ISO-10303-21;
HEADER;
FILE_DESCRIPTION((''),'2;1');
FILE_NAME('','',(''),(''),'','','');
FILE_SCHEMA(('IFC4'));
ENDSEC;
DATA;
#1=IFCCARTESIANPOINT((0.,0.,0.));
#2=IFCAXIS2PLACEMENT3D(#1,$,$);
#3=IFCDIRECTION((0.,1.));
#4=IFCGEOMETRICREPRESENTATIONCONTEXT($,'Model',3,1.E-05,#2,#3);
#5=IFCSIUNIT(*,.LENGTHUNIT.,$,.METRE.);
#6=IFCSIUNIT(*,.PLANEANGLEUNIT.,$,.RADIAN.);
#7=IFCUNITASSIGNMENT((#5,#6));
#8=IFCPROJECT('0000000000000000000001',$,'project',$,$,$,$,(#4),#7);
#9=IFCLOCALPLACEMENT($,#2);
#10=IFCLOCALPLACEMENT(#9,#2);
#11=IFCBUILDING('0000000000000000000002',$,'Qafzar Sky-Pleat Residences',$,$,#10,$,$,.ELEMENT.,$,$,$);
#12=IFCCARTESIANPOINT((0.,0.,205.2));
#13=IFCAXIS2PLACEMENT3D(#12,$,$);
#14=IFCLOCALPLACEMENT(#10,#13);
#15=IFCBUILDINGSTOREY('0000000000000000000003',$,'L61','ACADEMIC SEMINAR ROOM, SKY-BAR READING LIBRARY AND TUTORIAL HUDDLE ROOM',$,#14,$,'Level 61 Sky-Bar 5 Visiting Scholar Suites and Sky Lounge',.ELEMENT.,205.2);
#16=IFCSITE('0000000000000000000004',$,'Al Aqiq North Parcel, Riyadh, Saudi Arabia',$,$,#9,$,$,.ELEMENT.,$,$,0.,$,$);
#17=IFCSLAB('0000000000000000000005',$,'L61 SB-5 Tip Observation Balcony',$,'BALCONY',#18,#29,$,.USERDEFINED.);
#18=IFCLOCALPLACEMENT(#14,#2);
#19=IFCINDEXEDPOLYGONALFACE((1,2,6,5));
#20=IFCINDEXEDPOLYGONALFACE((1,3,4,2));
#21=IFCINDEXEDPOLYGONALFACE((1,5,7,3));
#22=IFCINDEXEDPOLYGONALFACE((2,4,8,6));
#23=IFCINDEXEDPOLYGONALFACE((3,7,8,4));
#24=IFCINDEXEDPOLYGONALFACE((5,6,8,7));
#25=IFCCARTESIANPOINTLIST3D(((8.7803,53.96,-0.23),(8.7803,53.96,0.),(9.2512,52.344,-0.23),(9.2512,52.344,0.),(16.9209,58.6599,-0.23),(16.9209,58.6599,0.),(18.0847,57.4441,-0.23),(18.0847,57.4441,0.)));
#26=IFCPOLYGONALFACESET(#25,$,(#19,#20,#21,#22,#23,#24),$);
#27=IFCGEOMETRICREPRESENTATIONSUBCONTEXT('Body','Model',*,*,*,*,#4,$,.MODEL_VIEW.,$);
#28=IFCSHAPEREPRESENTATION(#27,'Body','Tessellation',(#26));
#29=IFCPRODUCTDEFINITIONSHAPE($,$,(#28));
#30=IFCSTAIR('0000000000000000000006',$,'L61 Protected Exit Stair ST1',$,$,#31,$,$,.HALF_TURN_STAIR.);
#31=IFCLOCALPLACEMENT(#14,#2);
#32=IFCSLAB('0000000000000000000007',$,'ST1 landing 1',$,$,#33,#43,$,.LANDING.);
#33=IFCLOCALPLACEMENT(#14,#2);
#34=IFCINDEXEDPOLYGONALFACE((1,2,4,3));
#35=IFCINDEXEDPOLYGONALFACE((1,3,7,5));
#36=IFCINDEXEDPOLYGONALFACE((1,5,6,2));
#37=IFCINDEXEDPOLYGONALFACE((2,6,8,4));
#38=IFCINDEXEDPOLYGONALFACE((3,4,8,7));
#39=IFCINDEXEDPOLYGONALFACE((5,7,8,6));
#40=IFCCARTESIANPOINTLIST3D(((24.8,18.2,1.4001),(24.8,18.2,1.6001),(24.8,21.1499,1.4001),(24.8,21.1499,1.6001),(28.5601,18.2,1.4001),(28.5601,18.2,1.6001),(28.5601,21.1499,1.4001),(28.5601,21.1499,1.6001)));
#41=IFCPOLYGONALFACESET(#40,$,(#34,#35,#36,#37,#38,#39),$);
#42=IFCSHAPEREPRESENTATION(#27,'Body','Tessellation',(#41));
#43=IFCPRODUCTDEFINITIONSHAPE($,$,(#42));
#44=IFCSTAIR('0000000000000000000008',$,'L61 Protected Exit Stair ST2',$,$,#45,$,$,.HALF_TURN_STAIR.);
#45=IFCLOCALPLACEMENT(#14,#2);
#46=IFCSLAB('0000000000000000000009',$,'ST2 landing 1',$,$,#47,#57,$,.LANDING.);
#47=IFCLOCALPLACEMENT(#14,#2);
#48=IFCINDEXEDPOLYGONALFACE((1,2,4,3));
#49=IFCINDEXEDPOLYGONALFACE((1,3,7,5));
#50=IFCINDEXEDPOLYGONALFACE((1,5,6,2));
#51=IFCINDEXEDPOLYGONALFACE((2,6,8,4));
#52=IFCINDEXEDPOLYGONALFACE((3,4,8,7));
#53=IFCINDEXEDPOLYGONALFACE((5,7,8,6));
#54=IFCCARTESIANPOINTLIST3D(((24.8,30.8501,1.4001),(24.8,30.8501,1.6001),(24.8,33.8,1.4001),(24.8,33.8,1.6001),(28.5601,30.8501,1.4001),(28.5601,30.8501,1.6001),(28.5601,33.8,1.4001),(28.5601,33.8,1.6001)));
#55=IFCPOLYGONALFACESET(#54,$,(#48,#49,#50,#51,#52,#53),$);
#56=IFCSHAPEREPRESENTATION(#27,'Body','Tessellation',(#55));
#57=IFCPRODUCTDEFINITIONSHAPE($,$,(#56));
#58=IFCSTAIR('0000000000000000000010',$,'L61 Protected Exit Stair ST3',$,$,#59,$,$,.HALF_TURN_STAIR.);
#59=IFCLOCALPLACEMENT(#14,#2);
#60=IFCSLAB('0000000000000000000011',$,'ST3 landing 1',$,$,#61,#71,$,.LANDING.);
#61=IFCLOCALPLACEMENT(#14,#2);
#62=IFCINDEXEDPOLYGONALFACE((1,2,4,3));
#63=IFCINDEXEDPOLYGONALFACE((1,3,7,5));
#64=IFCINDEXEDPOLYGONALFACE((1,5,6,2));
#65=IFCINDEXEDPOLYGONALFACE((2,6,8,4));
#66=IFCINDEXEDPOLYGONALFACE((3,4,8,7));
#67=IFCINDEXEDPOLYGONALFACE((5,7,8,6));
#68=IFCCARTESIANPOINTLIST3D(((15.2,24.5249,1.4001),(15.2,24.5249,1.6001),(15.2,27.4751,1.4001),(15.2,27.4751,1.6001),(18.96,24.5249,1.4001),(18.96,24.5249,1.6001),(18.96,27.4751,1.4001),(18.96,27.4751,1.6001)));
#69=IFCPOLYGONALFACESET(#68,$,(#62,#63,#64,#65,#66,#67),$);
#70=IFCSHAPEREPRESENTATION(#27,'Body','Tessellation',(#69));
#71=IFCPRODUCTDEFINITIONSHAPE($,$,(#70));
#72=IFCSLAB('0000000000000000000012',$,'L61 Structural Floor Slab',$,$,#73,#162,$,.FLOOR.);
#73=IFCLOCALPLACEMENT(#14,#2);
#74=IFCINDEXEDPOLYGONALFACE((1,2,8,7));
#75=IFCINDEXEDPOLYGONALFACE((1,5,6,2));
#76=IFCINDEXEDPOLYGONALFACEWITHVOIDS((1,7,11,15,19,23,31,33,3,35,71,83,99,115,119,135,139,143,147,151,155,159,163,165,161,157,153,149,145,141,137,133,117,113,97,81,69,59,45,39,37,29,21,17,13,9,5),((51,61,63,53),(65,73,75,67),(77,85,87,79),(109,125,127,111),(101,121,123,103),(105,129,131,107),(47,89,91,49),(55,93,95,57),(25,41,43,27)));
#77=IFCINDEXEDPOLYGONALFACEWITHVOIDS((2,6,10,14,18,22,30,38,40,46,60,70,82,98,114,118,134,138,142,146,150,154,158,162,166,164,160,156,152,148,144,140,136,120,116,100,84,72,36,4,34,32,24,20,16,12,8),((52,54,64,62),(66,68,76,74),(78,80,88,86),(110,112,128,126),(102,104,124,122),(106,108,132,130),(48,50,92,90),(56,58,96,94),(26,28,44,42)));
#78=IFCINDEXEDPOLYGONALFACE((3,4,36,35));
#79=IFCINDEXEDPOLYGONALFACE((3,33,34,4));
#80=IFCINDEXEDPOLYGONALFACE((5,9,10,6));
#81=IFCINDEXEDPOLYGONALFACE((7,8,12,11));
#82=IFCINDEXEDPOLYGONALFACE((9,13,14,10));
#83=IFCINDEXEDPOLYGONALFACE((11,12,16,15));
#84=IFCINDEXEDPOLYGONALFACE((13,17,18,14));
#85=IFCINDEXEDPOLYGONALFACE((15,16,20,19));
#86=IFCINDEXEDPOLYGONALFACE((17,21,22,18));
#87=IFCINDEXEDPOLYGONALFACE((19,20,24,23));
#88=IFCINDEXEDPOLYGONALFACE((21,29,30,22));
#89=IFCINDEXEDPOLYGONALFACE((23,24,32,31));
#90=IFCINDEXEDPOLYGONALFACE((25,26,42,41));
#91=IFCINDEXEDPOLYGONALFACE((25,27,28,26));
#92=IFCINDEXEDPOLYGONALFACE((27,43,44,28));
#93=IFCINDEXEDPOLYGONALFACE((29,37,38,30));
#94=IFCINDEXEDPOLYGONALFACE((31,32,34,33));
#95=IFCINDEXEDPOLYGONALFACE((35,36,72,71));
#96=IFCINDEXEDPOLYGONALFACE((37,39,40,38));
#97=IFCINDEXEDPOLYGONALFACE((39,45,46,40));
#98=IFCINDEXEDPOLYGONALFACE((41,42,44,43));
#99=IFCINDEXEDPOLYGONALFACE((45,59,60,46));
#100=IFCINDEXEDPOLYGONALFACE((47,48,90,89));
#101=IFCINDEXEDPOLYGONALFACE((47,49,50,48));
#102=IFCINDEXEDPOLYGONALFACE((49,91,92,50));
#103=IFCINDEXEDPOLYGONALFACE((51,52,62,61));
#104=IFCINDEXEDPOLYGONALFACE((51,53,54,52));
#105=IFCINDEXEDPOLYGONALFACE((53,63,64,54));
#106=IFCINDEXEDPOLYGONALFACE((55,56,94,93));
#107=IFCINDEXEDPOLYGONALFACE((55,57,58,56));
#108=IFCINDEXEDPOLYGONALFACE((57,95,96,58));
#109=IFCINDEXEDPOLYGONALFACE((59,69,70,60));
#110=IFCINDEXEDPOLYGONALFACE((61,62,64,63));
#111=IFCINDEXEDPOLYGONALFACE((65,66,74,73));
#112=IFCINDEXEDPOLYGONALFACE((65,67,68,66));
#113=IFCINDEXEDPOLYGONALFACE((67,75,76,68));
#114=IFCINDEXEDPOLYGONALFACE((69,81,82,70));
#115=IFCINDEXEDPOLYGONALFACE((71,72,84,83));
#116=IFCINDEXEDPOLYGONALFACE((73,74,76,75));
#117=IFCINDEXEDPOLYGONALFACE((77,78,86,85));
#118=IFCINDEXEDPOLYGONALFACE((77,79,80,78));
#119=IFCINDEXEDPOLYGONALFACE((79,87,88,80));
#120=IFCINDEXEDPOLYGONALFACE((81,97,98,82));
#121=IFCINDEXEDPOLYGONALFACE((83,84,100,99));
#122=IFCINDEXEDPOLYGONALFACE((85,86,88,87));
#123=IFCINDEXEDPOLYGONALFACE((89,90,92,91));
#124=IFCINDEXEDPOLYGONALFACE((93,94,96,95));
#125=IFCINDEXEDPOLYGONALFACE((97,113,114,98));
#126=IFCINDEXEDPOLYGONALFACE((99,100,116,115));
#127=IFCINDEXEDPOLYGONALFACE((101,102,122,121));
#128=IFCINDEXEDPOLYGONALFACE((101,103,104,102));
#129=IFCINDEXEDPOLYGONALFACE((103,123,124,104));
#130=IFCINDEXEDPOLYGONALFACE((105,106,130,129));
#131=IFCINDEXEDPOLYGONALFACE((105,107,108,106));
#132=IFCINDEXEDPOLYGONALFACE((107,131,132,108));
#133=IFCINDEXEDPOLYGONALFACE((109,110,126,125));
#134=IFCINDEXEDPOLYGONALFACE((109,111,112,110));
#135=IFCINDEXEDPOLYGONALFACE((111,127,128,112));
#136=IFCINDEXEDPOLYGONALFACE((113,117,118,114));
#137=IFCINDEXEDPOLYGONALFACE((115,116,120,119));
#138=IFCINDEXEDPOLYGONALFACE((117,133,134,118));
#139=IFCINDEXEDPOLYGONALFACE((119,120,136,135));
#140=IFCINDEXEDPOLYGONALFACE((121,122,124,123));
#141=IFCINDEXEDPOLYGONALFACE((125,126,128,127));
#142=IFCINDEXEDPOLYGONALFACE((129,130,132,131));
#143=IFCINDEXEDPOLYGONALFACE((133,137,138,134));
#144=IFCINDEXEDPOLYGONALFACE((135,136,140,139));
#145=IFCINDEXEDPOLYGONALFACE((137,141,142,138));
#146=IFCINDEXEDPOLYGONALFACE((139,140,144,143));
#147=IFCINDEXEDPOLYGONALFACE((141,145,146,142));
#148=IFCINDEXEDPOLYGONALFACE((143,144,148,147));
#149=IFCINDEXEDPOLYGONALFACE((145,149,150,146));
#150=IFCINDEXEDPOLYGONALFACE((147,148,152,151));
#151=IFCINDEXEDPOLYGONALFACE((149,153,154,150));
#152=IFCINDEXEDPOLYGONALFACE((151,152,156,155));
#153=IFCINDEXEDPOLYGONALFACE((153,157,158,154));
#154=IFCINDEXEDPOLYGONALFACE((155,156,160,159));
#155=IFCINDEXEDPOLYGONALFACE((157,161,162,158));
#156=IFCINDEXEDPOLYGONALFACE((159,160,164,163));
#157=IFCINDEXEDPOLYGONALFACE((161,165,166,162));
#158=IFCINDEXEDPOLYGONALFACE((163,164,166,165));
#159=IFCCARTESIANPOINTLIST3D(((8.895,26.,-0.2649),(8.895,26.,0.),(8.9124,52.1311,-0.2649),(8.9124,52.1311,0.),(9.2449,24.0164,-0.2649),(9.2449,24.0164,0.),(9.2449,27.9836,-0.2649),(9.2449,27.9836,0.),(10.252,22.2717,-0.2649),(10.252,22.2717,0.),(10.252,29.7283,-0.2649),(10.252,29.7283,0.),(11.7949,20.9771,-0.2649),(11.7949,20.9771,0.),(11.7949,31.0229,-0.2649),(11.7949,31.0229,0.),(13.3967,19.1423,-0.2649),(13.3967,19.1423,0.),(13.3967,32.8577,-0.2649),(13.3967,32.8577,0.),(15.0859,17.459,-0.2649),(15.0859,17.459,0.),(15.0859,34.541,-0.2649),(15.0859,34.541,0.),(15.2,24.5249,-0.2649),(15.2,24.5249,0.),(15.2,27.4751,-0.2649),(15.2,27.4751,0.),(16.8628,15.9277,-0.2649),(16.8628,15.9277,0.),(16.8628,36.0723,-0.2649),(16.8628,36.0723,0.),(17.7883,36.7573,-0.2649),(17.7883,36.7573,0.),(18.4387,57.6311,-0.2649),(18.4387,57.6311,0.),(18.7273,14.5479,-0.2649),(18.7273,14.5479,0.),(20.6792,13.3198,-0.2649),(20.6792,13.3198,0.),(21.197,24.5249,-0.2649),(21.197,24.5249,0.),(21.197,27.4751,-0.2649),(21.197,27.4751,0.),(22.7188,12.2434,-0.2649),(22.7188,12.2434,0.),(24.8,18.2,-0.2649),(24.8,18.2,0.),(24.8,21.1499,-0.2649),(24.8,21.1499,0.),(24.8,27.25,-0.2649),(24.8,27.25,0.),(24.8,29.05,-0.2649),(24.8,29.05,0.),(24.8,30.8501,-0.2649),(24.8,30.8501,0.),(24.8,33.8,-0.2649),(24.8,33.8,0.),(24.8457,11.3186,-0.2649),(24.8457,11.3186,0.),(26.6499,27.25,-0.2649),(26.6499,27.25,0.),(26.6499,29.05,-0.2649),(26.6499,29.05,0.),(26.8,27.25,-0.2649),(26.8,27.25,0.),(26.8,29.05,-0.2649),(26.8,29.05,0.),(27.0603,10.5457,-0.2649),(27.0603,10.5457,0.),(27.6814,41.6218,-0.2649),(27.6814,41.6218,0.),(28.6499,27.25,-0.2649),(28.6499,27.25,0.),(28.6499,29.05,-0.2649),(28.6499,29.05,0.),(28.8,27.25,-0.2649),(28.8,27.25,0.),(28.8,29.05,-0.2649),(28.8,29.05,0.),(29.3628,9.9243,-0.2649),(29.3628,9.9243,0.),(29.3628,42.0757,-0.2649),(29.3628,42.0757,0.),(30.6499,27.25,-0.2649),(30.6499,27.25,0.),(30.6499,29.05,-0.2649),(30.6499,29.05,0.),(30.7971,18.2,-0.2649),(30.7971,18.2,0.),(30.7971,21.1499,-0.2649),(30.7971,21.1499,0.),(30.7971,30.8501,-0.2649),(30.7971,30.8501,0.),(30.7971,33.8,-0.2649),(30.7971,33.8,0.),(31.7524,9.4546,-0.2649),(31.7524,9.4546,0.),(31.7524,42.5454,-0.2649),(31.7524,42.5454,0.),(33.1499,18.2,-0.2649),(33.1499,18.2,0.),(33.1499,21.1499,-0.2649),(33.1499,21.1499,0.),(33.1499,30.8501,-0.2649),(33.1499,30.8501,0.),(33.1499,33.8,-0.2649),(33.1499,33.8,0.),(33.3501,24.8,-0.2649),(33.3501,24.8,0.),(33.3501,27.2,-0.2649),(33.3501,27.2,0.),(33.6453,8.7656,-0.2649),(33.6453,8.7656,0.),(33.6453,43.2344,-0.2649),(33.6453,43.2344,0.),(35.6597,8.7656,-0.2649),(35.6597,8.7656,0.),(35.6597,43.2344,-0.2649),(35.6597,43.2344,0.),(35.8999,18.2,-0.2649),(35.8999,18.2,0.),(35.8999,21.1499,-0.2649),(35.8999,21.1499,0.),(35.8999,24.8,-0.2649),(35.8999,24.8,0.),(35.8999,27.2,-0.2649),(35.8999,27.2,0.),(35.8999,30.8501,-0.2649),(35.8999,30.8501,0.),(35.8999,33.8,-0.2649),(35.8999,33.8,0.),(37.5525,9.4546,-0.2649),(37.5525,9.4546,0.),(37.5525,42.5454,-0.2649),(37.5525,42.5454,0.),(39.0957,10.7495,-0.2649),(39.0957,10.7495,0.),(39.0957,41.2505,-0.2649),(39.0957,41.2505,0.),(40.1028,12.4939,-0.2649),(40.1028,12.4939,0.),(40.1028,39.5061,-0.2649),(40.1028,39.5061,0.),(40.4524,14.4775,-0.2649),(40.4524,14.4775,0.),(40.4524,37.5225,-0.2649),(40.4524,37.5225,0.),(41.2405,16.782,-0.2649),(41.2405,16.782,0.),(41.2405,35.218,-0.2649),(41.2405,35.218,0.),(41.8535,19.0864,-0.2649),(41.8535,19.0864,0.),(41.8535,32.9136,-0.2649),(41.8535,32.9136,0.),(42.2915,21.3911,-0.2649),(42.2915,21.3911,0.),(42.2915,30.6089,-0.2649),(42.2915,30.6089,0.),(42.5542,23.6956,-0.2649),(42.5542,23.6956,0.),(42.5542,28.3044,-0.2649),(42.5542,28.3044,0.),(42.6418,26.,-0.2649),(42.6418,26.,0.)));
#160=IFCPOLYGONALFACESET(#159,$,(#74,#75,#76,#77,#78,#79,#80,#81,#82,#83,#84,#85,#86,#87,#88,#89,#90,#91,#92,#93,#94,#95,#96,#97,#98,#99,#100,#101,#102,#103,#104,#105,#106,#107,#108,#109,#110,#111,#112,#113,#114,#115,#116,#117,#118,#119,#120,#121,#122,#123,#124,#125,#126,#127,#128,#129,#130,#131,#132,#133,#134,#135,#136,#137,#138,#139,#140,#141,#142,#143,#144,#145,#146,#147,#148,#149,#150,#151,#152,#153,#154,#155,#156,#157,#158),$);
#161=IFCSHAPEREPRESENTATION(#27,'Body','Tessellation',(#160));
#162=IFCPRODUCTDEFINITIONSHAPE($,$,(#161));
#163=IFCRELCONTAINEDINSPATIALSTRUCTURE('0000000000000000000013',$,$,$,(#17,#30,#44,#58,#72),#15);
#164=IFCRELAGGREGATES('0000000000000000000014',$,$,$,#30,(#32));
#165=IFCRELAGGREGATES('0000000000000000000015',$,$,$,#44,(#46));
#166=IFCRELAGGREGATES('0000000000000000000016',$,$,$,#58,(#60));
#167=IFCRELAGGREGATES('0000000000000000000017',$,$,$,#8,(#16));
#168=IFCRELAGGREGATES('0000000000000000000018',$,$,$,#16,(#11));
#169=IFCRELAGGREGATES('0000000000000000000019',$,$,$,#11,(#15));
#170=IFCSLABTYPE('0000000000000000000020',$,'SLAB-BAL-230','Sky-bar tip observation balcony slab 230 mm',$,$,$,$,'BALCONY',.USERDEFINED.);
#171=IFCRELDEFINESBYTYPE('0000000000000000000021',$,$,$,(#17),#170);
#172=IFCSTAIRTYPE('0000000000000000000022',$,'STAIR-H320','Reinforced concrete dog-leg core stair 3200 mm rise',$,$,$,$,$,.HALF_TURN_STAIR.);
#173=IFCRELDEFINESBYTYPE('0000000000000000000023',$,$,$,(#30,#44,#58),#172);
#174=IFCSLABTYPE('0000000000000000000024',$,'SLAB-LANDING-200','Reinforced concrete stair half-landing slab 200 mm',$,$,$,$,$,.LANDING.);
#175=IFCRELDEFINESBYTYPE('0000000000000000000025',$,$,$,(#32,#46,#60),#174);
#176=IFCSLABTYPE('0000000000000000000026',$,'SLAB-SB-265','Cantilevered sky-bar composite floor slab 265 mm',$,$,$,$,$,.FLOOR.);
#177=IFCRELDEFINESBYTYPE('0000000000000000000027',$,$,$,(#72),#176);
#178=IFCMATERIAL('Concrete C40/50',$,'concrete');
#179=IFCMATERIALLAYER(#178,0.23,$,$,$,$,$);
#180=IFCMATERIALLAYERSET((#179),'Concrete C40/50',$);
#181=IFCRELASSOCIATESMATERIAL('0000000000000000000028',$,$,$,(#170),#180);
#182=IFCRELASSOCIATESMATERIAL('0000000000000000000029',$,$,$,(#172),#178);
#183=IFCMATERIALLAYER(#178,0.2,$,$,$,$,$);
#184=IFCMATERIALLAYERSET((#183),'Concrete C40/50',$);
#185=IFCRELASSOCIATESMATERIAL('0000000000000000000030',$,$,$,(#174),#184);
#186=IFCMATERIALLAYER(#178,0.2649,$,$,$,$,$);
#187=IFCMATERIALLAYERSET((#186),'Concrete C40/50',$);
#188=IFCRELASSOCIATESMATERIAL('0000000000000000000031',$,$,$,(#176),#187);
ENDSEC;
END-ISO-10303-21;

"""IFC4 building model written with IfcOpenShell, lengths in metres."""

from ifc_helpers import new_model, si_unit, direction, frame, origin, place, context, subcontext, project, spatial, polyline, outline, extrude, material, layer, layer_set, type_object, element, aggregate, save


model = new_model("IFC4")

# Units and contexts
model_context = context("Model", 3, precision=1e-05, world=origin(), true_north=direction((0.0, 1.0)))
body_context = subcontext(model_context, "Body", "Model", "MODEL_VIEW")
ifc_project = project(units=[si_unit("LENGTHUNIT", "METRE"), si_unit("PLANEANGLEUNIT", "RADIAN")], contexts=[model_context])

# Site, building, storey
site_placement = place(None, origin())
site = spatial("IfcSite", under=ifc_project, at=site_placement, Name="Al Aqiq North Parcel, Riyadh, Saudi Arabia", CompositionType="ELEMENT", RefElevation=0.0)
building_placement = place(site_placement, origin())
building = spatial("IfcBuilding", under=site, at=building_placement, Name="Qafzar Sky-Pleat Residences", CompositionType="ELEMENT")
storey_placement = place(building_placement, frame((0.0, 0.0, 205.2)))
storey = spatial("IfcBuildingStorey", under=building, at=storey_placement, Name="L61", Description="ACADEMIC SEMINAR ROOM, SKY-BAR READING LIBRARY AND TUTORIAL HUDDLE ROOM", LongName="Level 61 Sky-Bar 5 Visiting Scholar Suites and Sky Lounge", CompositionType="ELEMENT", Elevation=205.2)

# Slab
ifc_material_1 = material(Name="Concrete C40/50", Category="concrete")
ifc_layer_1 = layer(ifc_material_1, 0.23)
ifc_layer_set_1 = layer_set([ifc_layer_1], Name="Concrete C40/50")
slab_type_1 = type_object("IfcSlabType", Name="SLAB-BAL-230", Description="Sky-bar tip observation balcony slab 230 mm", ElementType="BALCONY", PredefinedType="USERDEFINED", material=ifc_layer_set_1)
slab_1_placement = place(storey_placement, frame((0.0, 0.0, -0.23)))
element("IfcSlab", 1, at=slab_1_placement, inside=storey, type_object=slab_type_1, Name="L61 SB-5 Tip Observation Balcony", ObjectType="BALCONY", PredefinedType="USERDEFINED", context=body_context, shape_type="SweptSolid", body=[
    extrude(outline(polyline([(18.0847, 57.4441), (16.9209, 58.6599), (8.7803, 53.96), (9.2512, 52.344), (18.0847, 57.4441)])), origin(), (0.0, 0.0, 1.0), 0.23),
])

# Stairs, slabs
stair_type = type_object("IfcStairType", Name="STAIR-H320", Description="Reinforced concrete dog-leg core stair 3200 mm rise", PredefinedType="HALF_TURN_STAIR", material=ifc_material_1)
stair_1_placement = place(storey_placement, origin())
stair_1 = element("IfcStair", 2, at=stair_1_placement, inside=storey, type_object=stair_type, Name="L61 Protected Exit Stair ST1", PredefinedType="HALF_TURN_STAIR")
ifc_layer_2 = layer(ifc_material_1, 0.2)
ifc_layer_set_2 = layer_set([ifc_layer_2], Name="Concrete C40/50")
slab_type_2 = type_object("IfcSlabType", Name="SLAB-LANDING-200", Description="Reinforced concrete stair half-landing slab 200 mm", PredefinedType="LANDING", material=ifc_layer_set_2)
slab_2_placement = place(storey_placement, frame((0.0, 0.0, 1.4001)))
slab_2 = element("IfcSlab", 3, at=slab_2_placement, type_object=slab_type_2, Name="ST1 landing 1", PredefinedType="LANDING", context=body_context, shape_type="SweptSolid", body=[
    extrude(outline(polyline([(28.5601, 21.1499), (24.8, 21.1499), (24.8, 18.2), (28.5601, 18.2), (28.5601, 21.1499)])), origin(), (0.0, 0.0, 1.0), 0.2),
])
aggregate(stair_1, [slab_2])
stair_2_placement = place(storey_placement, origin())
stair_2 = element("IfcStair", 4, at=stair_2_placement, inside=storey, type_object=stair_type, Name="L61 Protected Exit Stair ST2", PredefinedType="HALF_TURN_STAIR")
slab_3_placement = place(storey_placement, frame((0.0, 0.0, 1.4001)))
slab_3 = element("IfcSlab", 5, at=slab_3_placement, type_object=slab_type_2, Name="ST2 landing 1", PredefinedType="LANDING", context=body_context, shape_type="SweptSolid", body=[
    extrude(outline(polyline([(28.5601, 33.8), (24.8, 33.8), (24.8, 30.8501), (28.5601, 30.8501), (28.5601, 33.8)])), origin(), (0.0, 0.0, 1.0), 0.2),
])
aggregate(stair_2, [slab_3])
stair_3_placement = place(storey_placement, origin())
stair_3 = element("IfcStair", 6, at=stair_3_placement, inside=storey, type_object=stair_type, Name="L61 Protected Exit Stair ST3", PredefinedType="HALF_TURN_STAIR")
slab_4_placement = place(storey_placement, frame((0.0, 0.0, 1.4001)))
slab_4 = element("IfcSlab", 7, at=slab_4_placement, type_object=slab_type_2, Name="ST3 landing 1", PredefinedType="LANDING", context=body_context, shape_type="SweptSolid", body=[
    extrude(outline(polyline([(18.96, 27.4751), (15.2, 27.4751), (15.2, 24.5249), (18.96, 24.5249), (18.96, 27.4751)])), origin(), (0.0, 0.0, 1.0), 0.2),
])
aggregate(stair_3, [slab_4])

# Slab
ifc_layer_3 = layer(ifc_material_1, 0.2649)
ifc_layer_set_3 = layer_set([ifc_layer_3], Name="Concrete C40/50")
slab_type_3 = type_object("IfcSlabType", Name="SLAB-SB-265", Description="Cantilevered sky-bar composite floor slab 265 mm", PredefinedType="FLOOR", material=ifc_layer_set_3)
slab_5_placement = place(storey_placement, frame((0.0, 0.0, -0.2649)))
element("IfcSlab", 8, at=slab_5_placement, inside=storey, type_object=slab_type_3, Name="L61 Structural Floor Slab", PredefinedType="FLOOR", context=body_context, shape_type="SweptSolid", body=[
    extrude(outline(polyline([(29.3628, 42.0757), (31.7524, 42.5454), (33.6453, 43.2344), (35.6597, 43.2344), (37.5525, 42.5454), (39.0957, 41.2505), (40.1028, 39.5061), (40.4524, 37.5225), (41.2405, 35.218), (41.8535, 32.9136), (42.2915, 30.6089), (42.5542, 28.3044), (42.6418, 26.0), (42.5542, 23.6956), (42.2915, 21.3911), (41.8535, 19.0864), (41.2405, 16.782), (40.4524, 14.4775), (40.1028, 12.4939), (39.0957, 10.7495), (37.5525, 9.4546), (35.6597, 8.7656), (33.6453, 8.7656), (31.7524, 9.4546), (29.3628, 9.9243), (27.0603, 10.5457), (24.8457, 11.3186), (22.7188, 12.2434), (20.6792, 13.3198), (18.7273, 14.5479), (16.8628, 15.9277), (15.0859, 17.459), (13.3967, 19.1423), (11.7949, 20.9771), (10.252, 22.2717), (9.2449, 24.0164), (8.895, 26.0), (9.2449, 27.9836), (10.252, 29.7283), (11.7949, 31.0229), (13.3967, 32.8577), (15.0859, 34.541), (16.8628, 36.0723), (17.7883, 36.7573), (8.9124, 52.1311), (18.4387, 57.6311), (27.6814, 41.6218), (29.3628, 42.0757)]), holes=[polyline([(30.7971, 21.1499), (24.8, 21.1499), (24.8, 18.2), (30.7971, 18.2), (30.7971, 21.1499)]), polyline([(30.7971, 33.8), (24.8, 33.8), (24.8, 30.8501), (30.7971, 30.8501), (30.7971, 33.8)]), polyline([(21.197, 27.4751), (15.2, 27.4751), (15.2, 24.5249), (21.197, 24.5249), (21.197, 27.4751)]), polyline([(24.8, 27.25), (26.6499, 27.25), (26.6499, 29.05), (24.8, 29.05), (24.8, 27.25)]), polyline([(26.8, 27.25), (28.6499, 27.25), (28.6499, 29.05), (26.8, 29.05), (26.8, 27.25)]), polyline([(28.8, 27.25), (30.6499, 27.25), (30.6499, 29.05), (28.8, 29.05), (28.8, 27.25)]), polyline([(33.1499, 18.2), (35.8999, 18.2), (35.8999, 21.1499), (33.1499, 21.1499), (33.1499, 18.2)]), polyline([(33.1499, 30.8501), (35.8999, 30.8501), (35.8999, 33.8), (33.1499, 33.8), (33.1499, 30.8501)]), polyline([(33.3501, 24.8), (35.8999, 24.8), (35.8999, 27.2), (33.3501, 27.2), (33.3501, 24.8)])]), origin(), (0.0, 0.0, 1.0), 0.2649),
])

save(model, "model.ifc")
